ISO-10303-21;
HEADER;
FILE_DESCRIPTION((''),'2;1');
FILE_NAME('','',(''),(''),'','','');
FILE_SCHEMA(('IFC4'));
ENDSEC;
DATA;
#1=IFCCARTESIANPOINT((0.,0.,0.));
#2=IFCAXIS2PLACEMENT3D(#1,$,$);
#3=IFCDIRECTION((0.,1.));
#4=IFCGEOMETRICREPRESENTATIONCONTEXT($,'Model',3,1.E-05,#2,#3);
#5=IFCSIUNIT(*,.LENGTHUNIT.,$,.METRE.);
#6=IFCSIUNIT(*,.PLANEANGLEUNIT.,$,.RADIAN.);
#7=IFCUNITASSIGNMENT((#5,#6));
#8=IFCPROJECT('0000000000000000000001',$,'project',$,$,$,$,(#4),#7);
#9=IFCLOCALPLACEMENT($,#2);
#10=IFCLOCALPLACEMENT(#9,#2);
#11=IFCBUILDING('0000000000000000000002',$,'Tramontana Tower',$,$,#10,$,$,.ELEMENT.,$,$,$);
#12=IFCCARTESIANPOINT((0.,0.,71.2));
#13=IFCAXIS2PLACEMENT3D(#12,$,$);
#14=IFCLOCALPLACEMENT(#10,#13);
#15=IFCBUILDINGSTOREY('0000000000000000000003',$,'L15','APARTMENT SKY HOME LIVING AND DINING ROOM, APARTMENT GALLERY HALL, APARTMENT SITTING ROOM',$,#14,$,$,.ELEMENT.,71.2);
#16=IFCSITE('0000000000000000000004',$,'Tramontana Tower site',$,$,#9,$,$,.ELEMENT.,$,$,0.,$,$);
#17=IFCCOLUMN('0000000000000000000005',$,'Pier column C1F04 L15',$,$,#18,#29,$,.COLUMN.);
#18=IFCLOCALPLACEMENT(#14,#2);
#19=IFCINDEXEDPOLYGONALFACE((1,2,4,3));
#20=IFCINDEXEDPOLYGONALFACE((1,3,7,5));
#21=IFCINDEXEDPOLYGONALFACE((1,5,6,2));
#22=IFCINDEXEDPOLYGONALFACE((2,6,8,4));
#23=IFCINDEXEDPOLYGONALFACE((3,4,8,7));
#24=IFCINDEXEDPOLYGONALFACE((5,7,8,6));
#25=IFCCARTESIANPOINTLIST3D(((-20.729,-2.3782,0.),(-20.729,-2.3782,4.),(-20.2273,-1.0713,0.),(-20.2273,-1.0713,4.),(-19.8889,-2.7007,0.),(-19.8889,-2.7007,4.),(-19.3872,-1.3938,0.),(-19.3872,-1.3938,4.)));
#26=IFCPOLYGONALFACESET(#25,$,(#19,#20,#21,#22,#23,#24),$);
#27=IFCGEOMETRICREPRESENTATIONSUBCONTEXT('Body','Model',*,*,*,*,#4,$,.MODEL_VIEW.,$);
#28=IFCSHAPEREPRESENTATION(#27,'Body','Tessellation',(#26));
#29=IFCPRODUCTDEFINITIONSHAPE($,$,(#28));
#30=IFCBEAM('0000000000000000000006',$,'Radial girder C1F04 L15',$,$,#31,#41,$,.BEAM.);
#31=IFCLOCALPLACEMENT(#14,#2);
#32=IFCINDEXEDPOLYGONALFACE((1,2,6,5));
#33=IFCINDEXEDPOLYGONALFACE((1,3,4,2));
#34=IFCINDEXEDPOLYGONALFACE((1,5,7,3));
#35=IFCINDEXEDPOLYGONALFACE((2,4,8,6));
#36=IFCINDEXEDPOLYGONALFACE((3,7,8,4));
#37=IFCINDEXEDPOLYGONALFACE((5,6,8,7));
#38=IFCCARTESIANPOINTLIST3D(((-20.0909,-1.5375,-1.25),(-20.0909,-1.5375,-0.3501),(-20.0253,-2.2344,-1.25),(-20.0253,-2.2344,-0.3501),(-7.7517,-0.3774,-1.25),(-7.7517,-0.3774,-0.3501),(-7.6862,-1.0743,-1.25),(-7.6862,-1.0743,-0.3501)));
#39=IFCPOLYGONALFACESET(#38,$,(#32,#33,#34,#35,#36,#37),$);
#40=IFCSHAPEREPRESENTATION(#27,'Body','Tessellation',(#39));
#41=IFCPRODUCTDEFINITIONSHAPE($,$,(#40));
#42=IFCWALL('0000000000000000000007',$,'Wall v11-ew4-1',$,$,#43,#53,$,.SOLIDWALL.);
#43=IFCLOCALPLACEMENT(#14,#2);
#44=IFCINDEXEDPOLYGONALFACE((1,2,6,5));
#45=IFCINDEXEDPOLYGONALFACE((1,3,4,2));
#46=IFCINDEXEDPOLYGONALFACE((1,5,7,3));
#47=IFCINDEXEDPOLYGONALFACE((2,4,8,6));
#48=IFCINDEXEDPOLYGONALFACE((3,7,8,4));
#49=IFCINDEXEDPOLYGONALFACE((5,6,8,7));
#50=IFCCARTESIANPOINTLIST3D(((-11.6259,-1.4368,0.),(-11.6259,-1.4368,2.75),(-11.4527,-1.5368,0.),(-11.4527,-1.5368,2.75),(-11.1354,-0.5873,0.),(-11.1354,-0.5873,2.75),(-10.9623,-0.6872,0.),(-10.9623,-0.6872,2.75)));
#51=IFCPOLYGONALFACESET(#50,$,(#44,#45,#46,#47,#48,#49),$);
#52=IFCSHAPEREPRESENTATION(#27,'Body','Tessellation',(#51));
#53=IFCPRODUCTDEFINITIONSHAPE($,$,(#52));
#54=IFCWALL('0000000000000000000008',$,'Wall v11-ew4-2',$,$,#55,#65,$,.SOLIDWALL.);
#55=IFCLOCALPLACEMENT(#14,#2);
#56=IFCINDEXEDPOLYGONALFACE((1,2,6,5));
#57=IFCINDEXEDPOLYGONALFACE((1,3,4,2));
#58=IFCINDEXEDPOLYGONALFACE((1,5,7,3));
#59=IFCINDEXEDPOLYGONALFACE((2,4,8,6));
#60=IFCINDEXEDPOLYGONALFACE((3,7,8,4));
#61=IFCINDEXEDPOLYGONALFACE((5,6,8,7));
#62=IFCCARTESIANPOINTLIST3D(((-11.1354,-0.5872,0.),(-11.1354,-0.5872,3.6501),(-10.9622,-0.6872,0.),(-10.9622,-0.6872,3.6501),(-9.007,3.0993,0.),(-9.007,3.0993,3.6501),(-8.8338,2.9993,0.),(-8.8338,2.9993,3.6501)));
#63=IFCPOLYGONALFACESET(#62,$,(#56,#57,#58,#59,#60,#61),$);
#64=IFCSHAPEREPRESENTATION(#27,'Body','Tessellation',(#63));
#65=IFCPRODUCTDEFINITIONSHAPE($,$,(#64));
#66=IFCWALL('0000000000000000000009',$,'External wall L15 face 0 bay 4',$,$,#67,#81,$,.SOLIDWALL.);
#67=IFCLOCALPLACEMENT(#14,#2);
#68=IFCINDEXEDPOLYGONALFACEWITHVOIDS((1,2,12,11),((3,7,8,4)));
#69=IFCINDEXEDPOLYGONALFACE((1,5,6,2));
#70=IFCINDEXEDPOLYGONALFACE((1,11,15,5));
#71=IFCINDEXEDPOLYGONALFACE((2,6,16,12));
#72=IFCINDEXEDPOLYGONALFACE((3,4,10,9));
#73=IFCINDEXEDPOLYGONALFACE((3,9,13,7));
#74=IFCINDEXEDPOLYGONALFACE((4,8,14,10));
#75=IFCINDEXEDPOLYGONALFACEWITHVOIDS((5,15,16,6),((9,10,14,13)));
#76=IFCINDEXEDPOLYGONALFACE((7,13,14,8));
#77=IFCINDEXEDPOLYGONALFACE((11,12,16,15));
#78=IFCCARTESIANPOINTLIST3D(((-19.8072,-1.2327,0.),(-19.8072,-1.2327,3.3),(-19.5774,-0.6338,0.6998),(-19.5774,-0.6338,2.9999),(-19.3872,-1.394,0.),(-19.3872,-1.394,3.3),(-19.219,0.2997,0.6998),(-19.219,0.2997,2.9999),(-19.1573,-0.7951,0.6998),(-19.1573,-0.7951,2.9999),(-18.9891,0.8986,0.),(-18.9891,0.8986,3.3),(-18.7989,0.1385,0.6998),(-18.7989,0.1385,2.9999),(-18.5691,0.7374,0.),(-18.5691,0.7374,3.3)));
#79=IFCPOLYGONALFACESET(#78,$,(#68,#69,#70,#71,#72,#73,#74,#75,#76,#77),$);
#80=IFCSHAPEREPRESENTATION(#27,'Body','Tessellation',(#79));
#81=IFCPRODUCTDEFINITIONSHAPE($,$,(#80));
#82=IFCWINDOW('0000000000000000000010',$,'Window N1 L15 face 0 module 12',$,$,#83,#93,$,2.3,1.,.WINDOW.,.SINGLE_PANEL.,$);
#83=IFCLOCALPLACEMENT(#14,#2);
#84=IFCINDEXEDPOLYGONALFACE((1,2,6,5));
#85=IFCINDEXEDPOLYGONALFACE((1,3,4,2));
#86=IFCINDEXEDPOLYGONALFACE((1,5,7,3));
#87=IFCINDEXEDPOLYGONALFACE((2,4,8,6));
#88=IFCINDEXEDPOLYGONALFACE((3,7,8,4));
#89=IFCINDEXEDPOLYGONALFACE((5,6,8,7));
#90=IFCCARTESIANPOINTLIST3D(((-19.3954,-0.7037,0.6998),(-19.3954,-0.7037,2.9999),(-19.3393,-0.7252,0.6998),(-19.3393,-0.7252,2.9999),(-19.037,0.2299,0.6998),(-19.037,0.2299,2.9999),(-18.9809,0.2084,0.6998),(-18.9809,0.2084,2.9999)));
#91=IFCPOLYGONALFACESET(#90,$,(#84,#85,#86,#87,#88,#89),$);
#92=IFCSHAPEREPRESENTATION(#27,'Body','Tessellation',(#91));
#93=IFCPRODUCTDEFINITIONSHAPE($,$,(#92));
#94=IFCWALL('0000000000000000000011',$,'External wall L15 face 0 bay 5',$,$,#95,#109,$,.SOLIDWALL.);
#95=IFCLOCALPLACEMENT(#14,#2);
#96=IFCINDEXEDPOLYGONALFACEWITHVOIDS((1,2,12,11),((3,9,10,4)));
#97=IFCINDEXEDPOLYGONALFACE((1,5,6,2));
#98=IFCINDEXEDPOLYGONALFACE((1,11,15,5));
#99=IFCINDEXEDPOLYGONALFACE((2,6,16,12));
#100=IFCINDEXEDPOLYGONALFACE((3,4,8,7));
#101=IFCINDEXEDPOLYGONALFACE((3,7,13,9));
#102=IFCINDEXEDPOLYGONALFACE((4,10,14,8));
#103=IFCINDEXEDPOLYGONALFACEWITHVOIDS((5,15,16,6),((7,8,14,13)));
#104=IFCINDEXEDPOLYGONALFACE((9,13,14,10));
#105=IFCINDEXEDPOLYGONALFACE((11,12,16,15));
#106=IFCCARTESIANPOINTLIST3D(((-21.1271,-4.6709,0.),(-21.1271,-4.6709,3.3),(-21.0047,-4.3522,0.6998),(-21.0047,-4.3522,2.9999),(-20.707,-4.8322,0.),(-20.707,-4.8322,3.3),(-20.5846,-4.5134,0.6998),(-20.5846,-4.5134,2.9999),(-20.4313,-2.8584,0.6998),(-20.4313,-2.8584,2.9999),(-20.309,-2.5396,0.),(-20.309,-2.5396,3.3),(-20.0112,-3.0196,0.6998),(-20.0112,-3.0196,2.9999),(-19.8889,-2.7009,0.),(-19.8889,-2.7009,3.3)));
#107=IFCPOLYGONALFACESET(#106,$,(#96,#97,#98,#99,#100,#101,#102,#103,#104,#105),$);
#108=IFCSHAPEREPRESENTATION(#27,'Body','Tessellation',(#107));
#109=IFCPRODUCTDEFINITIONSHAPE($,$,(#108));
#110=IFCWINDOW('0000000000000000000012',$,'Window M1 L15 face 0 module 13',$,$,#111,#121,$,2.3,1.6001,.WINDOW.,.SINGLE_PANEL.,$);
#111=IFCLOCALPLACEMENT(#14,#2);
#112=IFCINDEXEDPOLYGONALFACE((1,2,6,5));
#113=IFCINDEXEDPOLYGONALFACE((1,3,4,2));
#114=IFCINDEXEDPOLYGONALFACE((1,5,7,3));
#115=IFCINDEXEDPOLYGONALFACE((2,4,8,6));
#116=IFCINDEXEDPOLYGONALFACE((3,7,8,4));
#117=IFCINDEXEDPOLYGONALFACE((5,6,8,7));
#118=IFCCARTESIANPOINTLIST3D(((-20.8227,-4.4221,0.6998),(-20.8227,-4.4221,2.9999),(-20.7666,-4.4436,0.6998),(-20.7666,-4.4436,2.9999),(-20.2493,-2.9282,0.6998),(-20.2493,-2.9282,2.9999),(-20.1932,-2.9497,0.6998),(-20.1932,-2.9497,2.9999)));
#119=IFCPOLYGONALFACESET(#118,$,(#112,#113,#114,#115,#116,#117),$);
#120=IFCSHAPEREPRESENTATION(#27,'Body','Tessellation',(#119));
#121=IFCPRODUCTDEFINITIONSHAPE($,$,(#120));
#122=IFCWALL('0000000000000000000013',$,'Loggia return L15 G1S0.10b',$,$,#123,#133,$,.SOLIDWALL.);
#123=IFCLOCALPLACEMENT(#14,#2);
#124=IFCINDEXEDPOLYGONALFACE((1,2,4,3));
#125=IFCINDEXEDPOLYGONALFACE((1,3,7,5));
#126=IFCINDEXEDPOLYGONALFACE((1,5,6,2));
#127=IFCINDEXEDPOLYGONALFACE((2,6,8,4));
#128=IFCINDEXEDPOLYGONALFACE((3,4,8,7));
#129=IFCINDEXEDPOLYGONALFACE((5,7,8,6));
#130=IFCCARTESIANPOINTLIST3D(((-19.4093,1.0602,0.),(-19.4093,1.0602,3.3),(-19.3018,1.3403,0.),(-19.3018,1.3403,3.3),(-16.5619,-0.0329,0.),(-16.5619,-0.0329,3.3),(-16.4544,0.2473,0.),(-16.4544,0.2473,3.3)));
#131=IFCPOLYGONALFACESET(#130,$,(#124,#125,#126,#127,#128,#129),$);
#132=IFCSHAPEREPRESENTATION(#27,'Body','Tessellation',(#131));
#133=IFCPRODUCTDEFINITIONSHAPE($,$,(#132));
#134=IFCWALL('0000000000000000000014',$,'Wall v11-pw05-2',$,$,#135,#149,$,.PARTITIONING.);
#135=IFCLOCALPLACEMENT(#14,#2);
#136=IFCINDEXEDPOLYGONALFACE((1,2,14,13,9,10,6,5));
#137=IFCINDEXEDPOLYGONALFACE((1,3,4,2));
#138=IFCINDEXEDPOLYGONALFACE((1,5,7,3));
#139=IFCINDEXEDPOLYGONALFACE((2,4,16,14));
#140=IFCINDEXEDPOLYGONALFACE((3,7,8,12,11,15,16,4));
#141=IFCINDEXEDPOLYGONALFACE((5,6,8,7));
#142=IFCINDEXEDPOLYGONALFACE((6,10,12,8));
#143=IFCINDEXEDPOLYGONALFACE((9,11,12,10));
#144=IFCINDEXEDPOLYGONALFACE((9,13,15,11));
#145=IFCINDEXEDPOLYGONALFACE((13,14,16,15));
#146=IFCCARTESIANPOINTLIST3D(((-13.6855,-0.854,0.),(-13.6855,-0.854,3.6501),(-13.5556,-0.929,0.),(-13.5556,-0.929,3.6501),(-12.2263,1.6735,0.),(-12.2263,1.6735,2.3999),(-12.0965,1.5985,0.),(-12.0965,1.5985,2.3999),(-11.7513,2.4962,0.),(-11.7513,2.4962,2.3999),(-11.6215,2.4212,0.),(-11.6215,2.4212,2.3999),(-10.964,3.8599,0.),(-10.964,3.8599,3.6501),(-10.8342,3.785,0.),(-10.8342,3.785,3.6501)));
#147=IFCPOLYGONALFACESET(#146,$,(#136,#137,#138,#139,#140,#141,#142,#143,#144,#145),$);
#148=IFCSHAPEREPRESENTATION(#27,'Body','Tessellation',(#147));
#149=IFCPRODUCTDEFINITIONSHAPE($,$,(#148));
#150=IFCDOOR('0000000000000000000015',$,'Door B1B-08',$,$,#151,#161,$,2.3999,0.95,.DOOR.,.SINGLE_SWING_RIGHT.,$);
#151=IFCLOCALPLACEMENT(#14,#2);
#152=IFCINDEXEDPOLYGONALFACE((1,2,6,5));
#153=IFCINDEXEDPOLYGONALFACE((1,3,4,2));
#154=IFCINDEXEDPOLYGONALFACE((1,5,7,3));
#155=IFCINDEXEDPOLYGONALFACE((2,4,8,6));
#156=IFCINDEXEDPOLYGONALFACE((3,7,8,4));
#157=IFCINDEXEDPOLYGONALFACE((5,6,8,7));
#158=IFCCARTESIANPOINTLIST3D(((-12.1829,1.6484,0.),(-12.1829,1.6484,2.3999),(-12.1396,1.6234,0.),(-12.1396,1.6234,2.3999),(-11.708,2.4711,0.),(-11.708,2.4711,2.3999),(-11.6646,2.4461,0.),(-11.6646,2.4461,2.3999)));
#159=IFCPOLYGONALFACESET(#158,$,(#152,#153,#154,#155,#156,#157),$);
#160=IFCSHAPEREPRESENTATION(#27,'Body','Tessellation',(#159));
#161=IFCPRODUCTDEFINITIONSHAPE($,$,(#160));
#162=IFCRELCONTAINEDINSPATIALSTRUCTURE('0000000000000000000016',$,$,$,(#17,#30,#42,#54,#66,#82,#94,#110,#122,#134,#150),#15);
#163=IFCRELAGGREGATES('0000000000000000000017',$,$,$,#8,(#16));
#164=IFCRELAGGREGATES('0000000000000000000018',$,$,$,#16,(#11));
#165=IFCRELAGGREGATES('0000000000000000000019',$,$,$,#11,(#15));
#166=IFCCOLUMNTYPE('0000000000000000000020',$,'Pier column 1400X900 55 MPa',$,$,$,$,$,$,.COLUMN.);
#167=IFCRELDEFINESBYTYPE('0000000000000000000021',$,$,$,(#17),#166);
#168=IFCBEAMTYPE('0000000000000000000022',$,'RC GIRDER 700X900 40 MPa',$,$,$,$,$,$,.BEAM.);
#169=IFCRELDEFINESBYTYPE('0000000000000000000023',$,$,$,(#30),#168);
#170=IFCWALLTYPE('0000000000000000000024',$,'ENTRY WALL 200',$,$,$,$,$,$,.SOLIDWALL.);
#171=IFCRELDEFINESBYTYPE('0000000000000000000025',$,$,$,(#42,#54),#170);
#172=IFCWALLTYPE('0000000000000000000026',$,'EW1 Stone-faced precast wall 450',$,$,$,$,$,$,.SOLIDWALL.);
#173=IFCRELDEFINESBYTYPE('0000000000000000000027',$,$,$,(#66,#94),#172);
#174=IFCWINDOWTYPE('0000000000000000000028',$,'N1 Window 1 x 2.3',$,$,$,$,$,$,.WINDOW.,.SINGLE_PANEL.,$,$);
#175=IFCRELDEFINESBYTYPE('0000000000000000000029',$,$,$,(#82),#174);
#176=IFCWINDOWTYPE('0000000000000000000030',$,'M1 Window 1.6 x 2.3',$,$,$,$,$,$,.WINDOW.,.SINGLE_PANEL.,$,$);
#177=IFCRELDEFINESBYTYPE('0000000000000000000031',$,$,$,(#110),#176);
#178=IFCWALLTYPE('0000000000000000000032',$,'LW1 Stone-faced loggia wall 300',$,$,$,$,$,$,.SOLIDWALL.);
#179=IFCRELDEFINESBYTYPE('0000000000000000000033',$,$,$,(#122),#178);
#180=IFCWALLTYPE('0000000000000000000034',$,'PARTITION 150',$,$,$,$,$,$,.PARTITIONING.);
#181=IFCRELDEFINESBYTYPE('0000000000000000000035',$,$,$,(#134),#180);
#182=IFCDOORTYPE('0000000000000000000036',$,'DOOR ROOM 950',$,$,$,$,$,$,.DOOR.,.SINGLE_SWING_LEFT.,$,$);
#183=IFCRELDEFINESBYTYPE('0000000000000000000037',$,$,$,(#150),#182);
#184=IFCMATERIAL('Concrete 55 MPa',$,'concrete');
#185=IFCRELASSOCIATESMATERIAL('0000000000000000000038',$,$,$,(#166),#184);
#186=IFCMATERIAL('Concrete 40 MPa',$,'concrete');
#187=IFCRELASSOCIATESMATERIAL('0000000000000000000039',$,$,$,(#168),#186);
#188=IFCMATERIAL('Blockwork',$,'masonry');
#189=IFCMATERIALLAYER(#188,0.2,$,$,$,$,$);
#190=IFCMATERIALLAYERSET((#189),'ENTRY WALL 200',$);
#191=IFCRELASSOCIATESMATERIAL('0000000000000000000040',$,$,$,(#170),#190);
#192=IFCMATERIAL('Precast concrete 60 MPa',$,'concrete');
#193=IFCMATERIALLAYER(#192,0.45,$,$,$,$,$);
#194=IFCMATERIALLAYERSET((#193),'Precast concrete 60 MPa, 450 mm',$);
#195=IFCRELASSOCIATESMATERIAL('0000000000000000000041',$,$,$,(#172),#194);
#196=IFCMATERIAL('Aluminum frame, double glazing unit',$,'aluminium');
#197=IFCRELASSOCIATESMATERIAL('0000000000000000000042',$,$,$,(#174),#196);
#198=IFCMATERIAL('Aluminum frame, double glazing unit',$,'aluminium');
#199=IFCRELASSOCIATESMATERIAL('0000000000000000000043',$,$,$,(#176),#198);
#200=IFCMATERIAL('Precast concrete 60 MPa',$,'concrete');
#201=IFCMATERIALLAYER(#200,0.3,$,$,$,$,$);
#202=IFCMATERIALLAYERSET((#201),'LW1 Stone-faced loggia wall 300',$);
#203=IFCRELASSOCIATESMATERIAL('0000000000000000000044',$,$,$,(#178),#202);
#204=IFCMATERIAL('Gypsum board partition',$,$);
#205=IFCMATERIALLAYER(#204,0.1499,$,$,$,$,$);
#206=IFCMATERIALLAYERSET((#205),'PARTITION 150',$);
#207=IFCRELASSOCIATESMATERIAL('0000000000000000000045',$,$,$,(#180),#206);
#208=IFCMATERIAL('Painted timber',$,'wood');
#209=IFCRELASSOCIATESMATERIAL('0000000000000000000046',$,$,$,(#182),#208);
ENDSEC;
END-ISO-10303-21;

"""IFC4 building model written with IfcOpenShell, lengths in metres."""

from ifc_helpers import new_model, si_unit, direction, frame, frame_2d, origin, origin_2d, place, context, subcontext, project, spatial, rectangle, extrude, material, layer, layer_set, material_profile, profile_set, type_object, element, fill, save


model = new_model("IFC4")

# Units and contexts
model_context = context("Model", 3, precision=1e-05, world=origin(), true_north=direction((0.0, 1.0)))
body_context = subcontext(model_context, "Body", "Model", "MODEL_VIEW")
ifc_project = project(units=[si_unit("LENGTHUNIT", "METRE"), si_unit("PLANEANGLEUNIT", "RADIAN")], contexts=[model_context])

# Site, building, storey
site_placement = place(None, origin())
site = spatial("IfcSite", under=ifc_project, at=site_placement, Name="Tramontana Tower site", CompositionType="ELEMENT", RefElevation=0.0)
building_placement = place(site_placement, origin())
building = spatial("IfcBuilding", under=site, at=building_placement, Name="Tramontana Tower", CompositionType="ELEMENT")
storey_placement = place(building_placement, frame((0.0, 0.0, 71.2)))
storey = spatial("IfcBuildingStorey", under=building, at=storey_placement, Name="L15", Description="APARTMENT SKY HOME LIVING AND DINING ROOM, APARTMENT GALLERY HALL, APARTMENT SITTING ROOM", CompositionType="ELEMENT", Elevation=71.2)

# Column
ifc_material_1 = material(Name="Concrete 55 MPa", Category="concrete")
ifc_material_profile_1 = material_profile(ifc_material_1, rectangle(XDim=1.3999, YDim=0.8999, at=origin_2d()), Name="Pier column 1400X900 55 MPa")
ifc_profile_set_1 = profile_set([ifc_material_profile_1], Name="Concrete 55 MPa")
column_type = type_object("IfcColumnType", Name="Pier column 1400X900 55 MPa", PredefinedType="COLUMN", material=ifc_profile_set_1)
column_placement = place(storey_placement, frame((-20.0581, -1.886, 0.0), z_axis=(0.0, 0.0, 1.0), x_axis=(-0.358368, -0.93358, 0.0)))
element("IfcColumn", 1, at=column_placement, inside=storey, type_object=column_type, Name="Pier column C1F04 L15", PredefinedType="COLUMN", context=body_context, shape_type="SweptSolid", body=[
    extrude(rectangle(XDim=1.3999, YDim=0.8999, at=origin_2d()), origin(), (0.0, 0.0, 1.0), 4.0),
])

# Beam
ifc_material_2 = material(Name="Concrete 40 MPa", Category="concrete")
ifc_material_profile_2 = material_profile(ifc_material_2, rectangle(XDim=0.7, YDim=0.8999, at=origin_2d()), Name="RC GIRDER 700X900 40 MPa")
ifc_profile_set_2 = profile_set([ifc_material_profile_2], Name="Concrete 40 MPa")
beam_type = type_object("IfcBeamType", Name="RC GIRDER 700X900 40 MPa", PredefinedType="BEAM", material=ifc_profile_set_2)
beam_placement = place(storey_placement, frame((-20.0581, -1.886, -0.8), z_axis=(0.995609, 0.09361, 0.0), x_axis=(-0.09361, 0.995609, 0.0)))
element("IfcBeam", 2, at=beam_placement, inside=storey, type_object=beam_type, Name="Radial girder C1F04 L15", PredefinedType="BEAM", context=body_context, shape_type="SweptSolid", body=[
    extrude(rectangle(XDim=0.7, YDim=0.8999, at=origin_2d()), origin(), (0.0, 0.0, 1.0), 12.3936),
])

# Walls
ifc_material_3 = material(Name="Blockwork", Category="masonry")
ifc_layer_1 = layer(ifc_material_3, 0.2)
ifc_layer_set_1 = layer_set([ifc_layer_1], Name="ENTRY WALL 200")
wall_type_1 = type_object("IfcWallType", Name="ENTRY WALL 200", PredefinedType="SOLIDWALL", material=ifc_layer_set_1)
wall_1_placement = place(storey_placement, frame((-11.5393, -1.4868, 0.0), z_axis=(0.0, 0.0, 1.0), x_axis=(0.499967, 0.866045, 0.0)))
element("IfcWall", 3, at=wall_1_placement, inside=storey, type_object=wall_type_1, Name="Wall v11-ew4-1", PredefinedType="SOLIDWALL", context=body_context, shape_type="SweptSolid", body=[
    extrude(rectangle(XDim=0.981, YDim=0.2, at=frame_2d((0.4905, 0.0))), origin(), (0.0, 0.0, 1.0), 2.75),
])
wall_2_placement = place(storey_placement, frame((-11.0488, -0.6372, 0.0), z_axis=(0.0, 0.0, 1.0), x_axis=(0.5, 0.866025, 0.0)))
element("IfcWall", 4, at=wall_2_placement, inside=storey, type_object=wall_type_1, Name="Wall v11-ew4-2", PredefinedType="SOLIDWALL", context=body_context, shape_type="SweptSolid", body=[
    extrude(rectangle(XDim=4.2568, YDim=0.2, at=frame_2d((2.1284, 0.0))), origin(), (0.0, 0.0, 1.0), 3.6501),
])

# Walls, openings, windows
ifc_material_4 = material(Name="Precast concrete 60 MPa", Category="concrete")
ifc_layer_2 = layer(ifc_material_4, 0.45)
ifc_layer_set_2 = layer_set([ifc_layer_2], Name="Precast concrete 60 MPa, 450 mm")
wall_type_2 = type_object("IfcWallType", Name="EW1 Stone-faced precast wall 450", PredefinedType="SOLIDWALL", material=ifc_layer_set_2)
wall_3_placement = place(storey_placement, frame((-18.7791, 0.8181, 0.0), z_axis=(0.0, 0.0, 1.0), x_axis=(-0.358356, -0.933585, 0.0)))
wall_3 = element("IfcWall", 5, at=wall_3_placement, inside=storey, type_object=wall_type_2, Name="External wall L15 face 0 bay 4", PredefinedType="SOLIDWALL", context=body_context, shape_type="SweptSolid", body=[
    extrude(rectangle(XDim=2.283, YDim=0.45, at=frame_2d((1.1416, 0.0))), origin(), (0.0, 0.0, 1.0), 3.3),
])
opening_1_placement = place(wall_3_placement, frame((0.6416, 0.0, 0.7)))
opening_1 = element("IfcOpeningElement", 6, at=opening_1_placement, cuts=wall_3, PredefinedType="OPENING", context=body_context, shape_type="SweptSolid", body=[
    extrude(rectangle(XDim=1.0, YDim=2.3, at=frame_2d((0.5, 1.1499))), frame((0.0, 0.2349, 0.0), z_axis=(0.0, -1.0, 0.0), x_axis=(1.0, 0.0, 0.0)), (0.0, 0.0, 1.0), 0.47),
])
ifc_material_5 = material(Name="Aluminum frame, double glazing unit", Category="aluminium")
window_type_1 = type_object("IfcWindowType", Name="N1 Window 1 x 2.3", PartitioningType="SINGLE_PANEL", PredefinedType="WINDOW", material=ifc_material_5)
window_1_placement = place(opening_1_placement, origin())
window_1 = element("IfcWindow", 7, at=window_1_placement, inside=storey, type_object=window_type_1, Name="Window N1 L15 face 0 module 12", OverallHeight=2.3, OverallWidth=1.0, PartitioningType="SINGLE_PANEL", PredefinedType="WINDOW", context=body_context, shape_type="SweptSolid", body=[
    extrude(rectangle(XDim=1.0, YDim=2.3, at=frame_2d((0.5, 1.1499))), frame((0.0, 0.03, 0.0), z_axis=(0.0, -1.0, 0.0), x_axis=(1.0, 0.0, 0.0)), (0.0, 0.0, 1.0), 0.0601),
])
fill(opening_1, window_1)
wall_4_placement = place(storey_placement, frame((-20.0989, -2.6201, 0.0), z_axis=(0.0, 0.0, 1.0), x_axis=(-0.358356, -0.933585, 0.0)))
wall_4 = element("IfcWall", 8, at=wall_4_placement, inside=storey, type_object=wall_type_2, Name="External wall L15 face 0 bay 5", PredefinedType="SOLIDWALL", context=body_context, shape_type="SweptSolid", body=[
    extrude(rectangle(XDim=2.283, YDim=0.45, at=frame_2d((1.1416, 0.0))), origin(), (0.0, 0.0, 1.0), 3.3),
])
opening_2_placement = place(wall_4_placement, frame((0.3416, 0.0, 0.7)))
opening_2 = element("IfcOpeningElement", 9, at=opening_2_placement, cuts=wall_4, PredefinedType="OPENING", context=body_context, shape_type="SweptSolid", body=[
    extrude(rectangle(XDim=1.6001, YDim=2.3, at=frame_2d((0.8, 1.1499))), frame((0.0, 0.2349, 0.0), z_axis=(0.0, -1.0, 0.0), x_axis=(1.0, 0.0, 0.0)), (0.0, 0.0, 1.0), 0.47),
])
ifc_material_6 = material(Name="Aluminum frame, double glazing unit", Category="aluminium")
window_type_2 = type_object("IfcWindowType", Name="M1 Window 1.6 x 2.3", PartitioningType="SINGLE_PANEL", PredefinedType="WINDOW", material=ifc_material_6)
window_2_placement = place(opening_2_placement, origin())
window_2 = element("IfcWindow", 10, at=window_2_placement, inside=storey, type_object=window_type_2, Name="Window M1 L15 face 0 module 13", OverallHeight=2.3, OverallWidth=1.6001, PartitioningType="SINGLE_PANEL", PredefinedType="WINDOW", context=body_context, shape_type="SweptSolid", body=[
    extrude(rectangle(XDim=1.6001, YDim=2.3, at=frame_2d((0.8, 1.1499))), frame((0.0, 0.03, 0.0), z_axis=(0.0, -1.0, 0.0), x_axis=(1.0, 0.0, 0.0)), (0.0, 0.0, 1.0), 0.0601),
])
fill(opening_2, window_2)

# Wall
ifc_material_7 = material(Name="Precast concrete 60 MPa", Category="concrete")
ifc_layer_3 = layer(ifc_material_7, 0.3)
ifc_layer_set_3 = layer_set([ifc_layer_3], Name="LW1 Stone-faced loggia wall 300")
wall_type_3 = type_object("IfcWallType", Name="LW1 Stone-faced loggia wall 300", PredefinedType="SOLIDWALL", material=ifc_layer_set_3)
wall_5_placement = place(storey_placement, frame((-19.3555, 1.2002, 0.0), z_axis=(0.0, 0.0, 1.0), x_axis=(0.933581, -0.358368, 0.0)))
element("IfcWall", 11, at=wall_5_placement, inside=storey, type_object=wall_type_3, Name="Loggia return L15 G1S0.10b", PredefinedType="SOLIDWALL", context=body_context, shape_type="SweptSolid", body=[
    extrude(rectangle(XDim=3.05, YDim=0.3, at=frame_2d((1.5249, 0.0))), origin(), (0.0, 0.0, 1.0), 3.3),
])

# Wall, opening, door
ifc_material_8 = material(Name="Gypsum board partition")
ifc_layer_4 = layer(ifc_material_8, 0.1499)
ifc_layer_set_4 = layer_set([ifc_layer_4], Name="PARTITION 150")
wall_type_4 = type_object("IfcWallType", Name="PARTITION 150", PredefinedType="PARTITIONING", material=ifc_layer_set_4)
ifc_material_9 = material(Name="Painted timber", Category="wood")
door_type = type_object("IfcDoorType", Name="DOOR ROOM 950", OperationType="SINGLE_SWING_LEFT", PredefinedType="DOOR", material=ifc_material_9)
wall_6_placement = place(storey_placement, frame((-13.6206, -0.8916, 0.0), z_axis=(0.0, 0.0, 1.0), x_axis=(0.499984, 0.866035, 0.0)))
wall_6 = element("IfcWall", 12, at=wall_6_placement, inside=storey, type_object=wall_type_4, Name="Wall v11-pw05-2", PredefinedType="PARTITIONING", context=body_context, shape_type="SweptSolid", body=[
    extrude(rectangle(XDim=5.4431, YDim=0.1499, at=frame_2d((2.7217, 0.0))), origin(), (0.0, 0.0, 1.0), 3.6501),
])
opening_3_placement = place(wall_6_placement, frame((2.9185, 0.0, 0.0)))
opening_3 = element("IfcOpeningElement", 13, at=opening_3_placement, cuts=wall_6, PredefinedType="OPENING", context=body_context, shape_type="SweptSolid", body=[
    extrude(rectangle(XDim=0.95, YDim=2.3999, at=frame_2d((0.4751, 1.2))), frame((0.0, 0.085, 0.0), z_axis=(0.0, -1.0, 0.0), x_axis=(1.0, 0.0, 0.0)), (0.0, 0.0, 1.0), 0.1699),
])
door_1_placement = place(opening_3_placement, origin())
door_1 = element("IfcDoor", 14, at=door_1_placement, inside=storey, type_object=door_type, Name="Door B1B-08", OperationType="SINGLE_SWING_RIGHT", OverallHeight=2.3999, OverallWidth=0.95, PredefinedType="DOOR", context=body_context, shape_type="SweptSolid", body=[
    extrude(rectangle(XDim=0.95, YDim=2.3999, at=frame_2d((0.4751, 1.2))), frame((0.0, 0.0249, 0.0), z_axis=(0.0, -1.0, 0.0), x_axis=(1.0, 0.0, 0.0)), (0.0, 0.0, 1.0), 0.05),
])
fill(opening_3, door_1)

save(model, "model.ifc")
